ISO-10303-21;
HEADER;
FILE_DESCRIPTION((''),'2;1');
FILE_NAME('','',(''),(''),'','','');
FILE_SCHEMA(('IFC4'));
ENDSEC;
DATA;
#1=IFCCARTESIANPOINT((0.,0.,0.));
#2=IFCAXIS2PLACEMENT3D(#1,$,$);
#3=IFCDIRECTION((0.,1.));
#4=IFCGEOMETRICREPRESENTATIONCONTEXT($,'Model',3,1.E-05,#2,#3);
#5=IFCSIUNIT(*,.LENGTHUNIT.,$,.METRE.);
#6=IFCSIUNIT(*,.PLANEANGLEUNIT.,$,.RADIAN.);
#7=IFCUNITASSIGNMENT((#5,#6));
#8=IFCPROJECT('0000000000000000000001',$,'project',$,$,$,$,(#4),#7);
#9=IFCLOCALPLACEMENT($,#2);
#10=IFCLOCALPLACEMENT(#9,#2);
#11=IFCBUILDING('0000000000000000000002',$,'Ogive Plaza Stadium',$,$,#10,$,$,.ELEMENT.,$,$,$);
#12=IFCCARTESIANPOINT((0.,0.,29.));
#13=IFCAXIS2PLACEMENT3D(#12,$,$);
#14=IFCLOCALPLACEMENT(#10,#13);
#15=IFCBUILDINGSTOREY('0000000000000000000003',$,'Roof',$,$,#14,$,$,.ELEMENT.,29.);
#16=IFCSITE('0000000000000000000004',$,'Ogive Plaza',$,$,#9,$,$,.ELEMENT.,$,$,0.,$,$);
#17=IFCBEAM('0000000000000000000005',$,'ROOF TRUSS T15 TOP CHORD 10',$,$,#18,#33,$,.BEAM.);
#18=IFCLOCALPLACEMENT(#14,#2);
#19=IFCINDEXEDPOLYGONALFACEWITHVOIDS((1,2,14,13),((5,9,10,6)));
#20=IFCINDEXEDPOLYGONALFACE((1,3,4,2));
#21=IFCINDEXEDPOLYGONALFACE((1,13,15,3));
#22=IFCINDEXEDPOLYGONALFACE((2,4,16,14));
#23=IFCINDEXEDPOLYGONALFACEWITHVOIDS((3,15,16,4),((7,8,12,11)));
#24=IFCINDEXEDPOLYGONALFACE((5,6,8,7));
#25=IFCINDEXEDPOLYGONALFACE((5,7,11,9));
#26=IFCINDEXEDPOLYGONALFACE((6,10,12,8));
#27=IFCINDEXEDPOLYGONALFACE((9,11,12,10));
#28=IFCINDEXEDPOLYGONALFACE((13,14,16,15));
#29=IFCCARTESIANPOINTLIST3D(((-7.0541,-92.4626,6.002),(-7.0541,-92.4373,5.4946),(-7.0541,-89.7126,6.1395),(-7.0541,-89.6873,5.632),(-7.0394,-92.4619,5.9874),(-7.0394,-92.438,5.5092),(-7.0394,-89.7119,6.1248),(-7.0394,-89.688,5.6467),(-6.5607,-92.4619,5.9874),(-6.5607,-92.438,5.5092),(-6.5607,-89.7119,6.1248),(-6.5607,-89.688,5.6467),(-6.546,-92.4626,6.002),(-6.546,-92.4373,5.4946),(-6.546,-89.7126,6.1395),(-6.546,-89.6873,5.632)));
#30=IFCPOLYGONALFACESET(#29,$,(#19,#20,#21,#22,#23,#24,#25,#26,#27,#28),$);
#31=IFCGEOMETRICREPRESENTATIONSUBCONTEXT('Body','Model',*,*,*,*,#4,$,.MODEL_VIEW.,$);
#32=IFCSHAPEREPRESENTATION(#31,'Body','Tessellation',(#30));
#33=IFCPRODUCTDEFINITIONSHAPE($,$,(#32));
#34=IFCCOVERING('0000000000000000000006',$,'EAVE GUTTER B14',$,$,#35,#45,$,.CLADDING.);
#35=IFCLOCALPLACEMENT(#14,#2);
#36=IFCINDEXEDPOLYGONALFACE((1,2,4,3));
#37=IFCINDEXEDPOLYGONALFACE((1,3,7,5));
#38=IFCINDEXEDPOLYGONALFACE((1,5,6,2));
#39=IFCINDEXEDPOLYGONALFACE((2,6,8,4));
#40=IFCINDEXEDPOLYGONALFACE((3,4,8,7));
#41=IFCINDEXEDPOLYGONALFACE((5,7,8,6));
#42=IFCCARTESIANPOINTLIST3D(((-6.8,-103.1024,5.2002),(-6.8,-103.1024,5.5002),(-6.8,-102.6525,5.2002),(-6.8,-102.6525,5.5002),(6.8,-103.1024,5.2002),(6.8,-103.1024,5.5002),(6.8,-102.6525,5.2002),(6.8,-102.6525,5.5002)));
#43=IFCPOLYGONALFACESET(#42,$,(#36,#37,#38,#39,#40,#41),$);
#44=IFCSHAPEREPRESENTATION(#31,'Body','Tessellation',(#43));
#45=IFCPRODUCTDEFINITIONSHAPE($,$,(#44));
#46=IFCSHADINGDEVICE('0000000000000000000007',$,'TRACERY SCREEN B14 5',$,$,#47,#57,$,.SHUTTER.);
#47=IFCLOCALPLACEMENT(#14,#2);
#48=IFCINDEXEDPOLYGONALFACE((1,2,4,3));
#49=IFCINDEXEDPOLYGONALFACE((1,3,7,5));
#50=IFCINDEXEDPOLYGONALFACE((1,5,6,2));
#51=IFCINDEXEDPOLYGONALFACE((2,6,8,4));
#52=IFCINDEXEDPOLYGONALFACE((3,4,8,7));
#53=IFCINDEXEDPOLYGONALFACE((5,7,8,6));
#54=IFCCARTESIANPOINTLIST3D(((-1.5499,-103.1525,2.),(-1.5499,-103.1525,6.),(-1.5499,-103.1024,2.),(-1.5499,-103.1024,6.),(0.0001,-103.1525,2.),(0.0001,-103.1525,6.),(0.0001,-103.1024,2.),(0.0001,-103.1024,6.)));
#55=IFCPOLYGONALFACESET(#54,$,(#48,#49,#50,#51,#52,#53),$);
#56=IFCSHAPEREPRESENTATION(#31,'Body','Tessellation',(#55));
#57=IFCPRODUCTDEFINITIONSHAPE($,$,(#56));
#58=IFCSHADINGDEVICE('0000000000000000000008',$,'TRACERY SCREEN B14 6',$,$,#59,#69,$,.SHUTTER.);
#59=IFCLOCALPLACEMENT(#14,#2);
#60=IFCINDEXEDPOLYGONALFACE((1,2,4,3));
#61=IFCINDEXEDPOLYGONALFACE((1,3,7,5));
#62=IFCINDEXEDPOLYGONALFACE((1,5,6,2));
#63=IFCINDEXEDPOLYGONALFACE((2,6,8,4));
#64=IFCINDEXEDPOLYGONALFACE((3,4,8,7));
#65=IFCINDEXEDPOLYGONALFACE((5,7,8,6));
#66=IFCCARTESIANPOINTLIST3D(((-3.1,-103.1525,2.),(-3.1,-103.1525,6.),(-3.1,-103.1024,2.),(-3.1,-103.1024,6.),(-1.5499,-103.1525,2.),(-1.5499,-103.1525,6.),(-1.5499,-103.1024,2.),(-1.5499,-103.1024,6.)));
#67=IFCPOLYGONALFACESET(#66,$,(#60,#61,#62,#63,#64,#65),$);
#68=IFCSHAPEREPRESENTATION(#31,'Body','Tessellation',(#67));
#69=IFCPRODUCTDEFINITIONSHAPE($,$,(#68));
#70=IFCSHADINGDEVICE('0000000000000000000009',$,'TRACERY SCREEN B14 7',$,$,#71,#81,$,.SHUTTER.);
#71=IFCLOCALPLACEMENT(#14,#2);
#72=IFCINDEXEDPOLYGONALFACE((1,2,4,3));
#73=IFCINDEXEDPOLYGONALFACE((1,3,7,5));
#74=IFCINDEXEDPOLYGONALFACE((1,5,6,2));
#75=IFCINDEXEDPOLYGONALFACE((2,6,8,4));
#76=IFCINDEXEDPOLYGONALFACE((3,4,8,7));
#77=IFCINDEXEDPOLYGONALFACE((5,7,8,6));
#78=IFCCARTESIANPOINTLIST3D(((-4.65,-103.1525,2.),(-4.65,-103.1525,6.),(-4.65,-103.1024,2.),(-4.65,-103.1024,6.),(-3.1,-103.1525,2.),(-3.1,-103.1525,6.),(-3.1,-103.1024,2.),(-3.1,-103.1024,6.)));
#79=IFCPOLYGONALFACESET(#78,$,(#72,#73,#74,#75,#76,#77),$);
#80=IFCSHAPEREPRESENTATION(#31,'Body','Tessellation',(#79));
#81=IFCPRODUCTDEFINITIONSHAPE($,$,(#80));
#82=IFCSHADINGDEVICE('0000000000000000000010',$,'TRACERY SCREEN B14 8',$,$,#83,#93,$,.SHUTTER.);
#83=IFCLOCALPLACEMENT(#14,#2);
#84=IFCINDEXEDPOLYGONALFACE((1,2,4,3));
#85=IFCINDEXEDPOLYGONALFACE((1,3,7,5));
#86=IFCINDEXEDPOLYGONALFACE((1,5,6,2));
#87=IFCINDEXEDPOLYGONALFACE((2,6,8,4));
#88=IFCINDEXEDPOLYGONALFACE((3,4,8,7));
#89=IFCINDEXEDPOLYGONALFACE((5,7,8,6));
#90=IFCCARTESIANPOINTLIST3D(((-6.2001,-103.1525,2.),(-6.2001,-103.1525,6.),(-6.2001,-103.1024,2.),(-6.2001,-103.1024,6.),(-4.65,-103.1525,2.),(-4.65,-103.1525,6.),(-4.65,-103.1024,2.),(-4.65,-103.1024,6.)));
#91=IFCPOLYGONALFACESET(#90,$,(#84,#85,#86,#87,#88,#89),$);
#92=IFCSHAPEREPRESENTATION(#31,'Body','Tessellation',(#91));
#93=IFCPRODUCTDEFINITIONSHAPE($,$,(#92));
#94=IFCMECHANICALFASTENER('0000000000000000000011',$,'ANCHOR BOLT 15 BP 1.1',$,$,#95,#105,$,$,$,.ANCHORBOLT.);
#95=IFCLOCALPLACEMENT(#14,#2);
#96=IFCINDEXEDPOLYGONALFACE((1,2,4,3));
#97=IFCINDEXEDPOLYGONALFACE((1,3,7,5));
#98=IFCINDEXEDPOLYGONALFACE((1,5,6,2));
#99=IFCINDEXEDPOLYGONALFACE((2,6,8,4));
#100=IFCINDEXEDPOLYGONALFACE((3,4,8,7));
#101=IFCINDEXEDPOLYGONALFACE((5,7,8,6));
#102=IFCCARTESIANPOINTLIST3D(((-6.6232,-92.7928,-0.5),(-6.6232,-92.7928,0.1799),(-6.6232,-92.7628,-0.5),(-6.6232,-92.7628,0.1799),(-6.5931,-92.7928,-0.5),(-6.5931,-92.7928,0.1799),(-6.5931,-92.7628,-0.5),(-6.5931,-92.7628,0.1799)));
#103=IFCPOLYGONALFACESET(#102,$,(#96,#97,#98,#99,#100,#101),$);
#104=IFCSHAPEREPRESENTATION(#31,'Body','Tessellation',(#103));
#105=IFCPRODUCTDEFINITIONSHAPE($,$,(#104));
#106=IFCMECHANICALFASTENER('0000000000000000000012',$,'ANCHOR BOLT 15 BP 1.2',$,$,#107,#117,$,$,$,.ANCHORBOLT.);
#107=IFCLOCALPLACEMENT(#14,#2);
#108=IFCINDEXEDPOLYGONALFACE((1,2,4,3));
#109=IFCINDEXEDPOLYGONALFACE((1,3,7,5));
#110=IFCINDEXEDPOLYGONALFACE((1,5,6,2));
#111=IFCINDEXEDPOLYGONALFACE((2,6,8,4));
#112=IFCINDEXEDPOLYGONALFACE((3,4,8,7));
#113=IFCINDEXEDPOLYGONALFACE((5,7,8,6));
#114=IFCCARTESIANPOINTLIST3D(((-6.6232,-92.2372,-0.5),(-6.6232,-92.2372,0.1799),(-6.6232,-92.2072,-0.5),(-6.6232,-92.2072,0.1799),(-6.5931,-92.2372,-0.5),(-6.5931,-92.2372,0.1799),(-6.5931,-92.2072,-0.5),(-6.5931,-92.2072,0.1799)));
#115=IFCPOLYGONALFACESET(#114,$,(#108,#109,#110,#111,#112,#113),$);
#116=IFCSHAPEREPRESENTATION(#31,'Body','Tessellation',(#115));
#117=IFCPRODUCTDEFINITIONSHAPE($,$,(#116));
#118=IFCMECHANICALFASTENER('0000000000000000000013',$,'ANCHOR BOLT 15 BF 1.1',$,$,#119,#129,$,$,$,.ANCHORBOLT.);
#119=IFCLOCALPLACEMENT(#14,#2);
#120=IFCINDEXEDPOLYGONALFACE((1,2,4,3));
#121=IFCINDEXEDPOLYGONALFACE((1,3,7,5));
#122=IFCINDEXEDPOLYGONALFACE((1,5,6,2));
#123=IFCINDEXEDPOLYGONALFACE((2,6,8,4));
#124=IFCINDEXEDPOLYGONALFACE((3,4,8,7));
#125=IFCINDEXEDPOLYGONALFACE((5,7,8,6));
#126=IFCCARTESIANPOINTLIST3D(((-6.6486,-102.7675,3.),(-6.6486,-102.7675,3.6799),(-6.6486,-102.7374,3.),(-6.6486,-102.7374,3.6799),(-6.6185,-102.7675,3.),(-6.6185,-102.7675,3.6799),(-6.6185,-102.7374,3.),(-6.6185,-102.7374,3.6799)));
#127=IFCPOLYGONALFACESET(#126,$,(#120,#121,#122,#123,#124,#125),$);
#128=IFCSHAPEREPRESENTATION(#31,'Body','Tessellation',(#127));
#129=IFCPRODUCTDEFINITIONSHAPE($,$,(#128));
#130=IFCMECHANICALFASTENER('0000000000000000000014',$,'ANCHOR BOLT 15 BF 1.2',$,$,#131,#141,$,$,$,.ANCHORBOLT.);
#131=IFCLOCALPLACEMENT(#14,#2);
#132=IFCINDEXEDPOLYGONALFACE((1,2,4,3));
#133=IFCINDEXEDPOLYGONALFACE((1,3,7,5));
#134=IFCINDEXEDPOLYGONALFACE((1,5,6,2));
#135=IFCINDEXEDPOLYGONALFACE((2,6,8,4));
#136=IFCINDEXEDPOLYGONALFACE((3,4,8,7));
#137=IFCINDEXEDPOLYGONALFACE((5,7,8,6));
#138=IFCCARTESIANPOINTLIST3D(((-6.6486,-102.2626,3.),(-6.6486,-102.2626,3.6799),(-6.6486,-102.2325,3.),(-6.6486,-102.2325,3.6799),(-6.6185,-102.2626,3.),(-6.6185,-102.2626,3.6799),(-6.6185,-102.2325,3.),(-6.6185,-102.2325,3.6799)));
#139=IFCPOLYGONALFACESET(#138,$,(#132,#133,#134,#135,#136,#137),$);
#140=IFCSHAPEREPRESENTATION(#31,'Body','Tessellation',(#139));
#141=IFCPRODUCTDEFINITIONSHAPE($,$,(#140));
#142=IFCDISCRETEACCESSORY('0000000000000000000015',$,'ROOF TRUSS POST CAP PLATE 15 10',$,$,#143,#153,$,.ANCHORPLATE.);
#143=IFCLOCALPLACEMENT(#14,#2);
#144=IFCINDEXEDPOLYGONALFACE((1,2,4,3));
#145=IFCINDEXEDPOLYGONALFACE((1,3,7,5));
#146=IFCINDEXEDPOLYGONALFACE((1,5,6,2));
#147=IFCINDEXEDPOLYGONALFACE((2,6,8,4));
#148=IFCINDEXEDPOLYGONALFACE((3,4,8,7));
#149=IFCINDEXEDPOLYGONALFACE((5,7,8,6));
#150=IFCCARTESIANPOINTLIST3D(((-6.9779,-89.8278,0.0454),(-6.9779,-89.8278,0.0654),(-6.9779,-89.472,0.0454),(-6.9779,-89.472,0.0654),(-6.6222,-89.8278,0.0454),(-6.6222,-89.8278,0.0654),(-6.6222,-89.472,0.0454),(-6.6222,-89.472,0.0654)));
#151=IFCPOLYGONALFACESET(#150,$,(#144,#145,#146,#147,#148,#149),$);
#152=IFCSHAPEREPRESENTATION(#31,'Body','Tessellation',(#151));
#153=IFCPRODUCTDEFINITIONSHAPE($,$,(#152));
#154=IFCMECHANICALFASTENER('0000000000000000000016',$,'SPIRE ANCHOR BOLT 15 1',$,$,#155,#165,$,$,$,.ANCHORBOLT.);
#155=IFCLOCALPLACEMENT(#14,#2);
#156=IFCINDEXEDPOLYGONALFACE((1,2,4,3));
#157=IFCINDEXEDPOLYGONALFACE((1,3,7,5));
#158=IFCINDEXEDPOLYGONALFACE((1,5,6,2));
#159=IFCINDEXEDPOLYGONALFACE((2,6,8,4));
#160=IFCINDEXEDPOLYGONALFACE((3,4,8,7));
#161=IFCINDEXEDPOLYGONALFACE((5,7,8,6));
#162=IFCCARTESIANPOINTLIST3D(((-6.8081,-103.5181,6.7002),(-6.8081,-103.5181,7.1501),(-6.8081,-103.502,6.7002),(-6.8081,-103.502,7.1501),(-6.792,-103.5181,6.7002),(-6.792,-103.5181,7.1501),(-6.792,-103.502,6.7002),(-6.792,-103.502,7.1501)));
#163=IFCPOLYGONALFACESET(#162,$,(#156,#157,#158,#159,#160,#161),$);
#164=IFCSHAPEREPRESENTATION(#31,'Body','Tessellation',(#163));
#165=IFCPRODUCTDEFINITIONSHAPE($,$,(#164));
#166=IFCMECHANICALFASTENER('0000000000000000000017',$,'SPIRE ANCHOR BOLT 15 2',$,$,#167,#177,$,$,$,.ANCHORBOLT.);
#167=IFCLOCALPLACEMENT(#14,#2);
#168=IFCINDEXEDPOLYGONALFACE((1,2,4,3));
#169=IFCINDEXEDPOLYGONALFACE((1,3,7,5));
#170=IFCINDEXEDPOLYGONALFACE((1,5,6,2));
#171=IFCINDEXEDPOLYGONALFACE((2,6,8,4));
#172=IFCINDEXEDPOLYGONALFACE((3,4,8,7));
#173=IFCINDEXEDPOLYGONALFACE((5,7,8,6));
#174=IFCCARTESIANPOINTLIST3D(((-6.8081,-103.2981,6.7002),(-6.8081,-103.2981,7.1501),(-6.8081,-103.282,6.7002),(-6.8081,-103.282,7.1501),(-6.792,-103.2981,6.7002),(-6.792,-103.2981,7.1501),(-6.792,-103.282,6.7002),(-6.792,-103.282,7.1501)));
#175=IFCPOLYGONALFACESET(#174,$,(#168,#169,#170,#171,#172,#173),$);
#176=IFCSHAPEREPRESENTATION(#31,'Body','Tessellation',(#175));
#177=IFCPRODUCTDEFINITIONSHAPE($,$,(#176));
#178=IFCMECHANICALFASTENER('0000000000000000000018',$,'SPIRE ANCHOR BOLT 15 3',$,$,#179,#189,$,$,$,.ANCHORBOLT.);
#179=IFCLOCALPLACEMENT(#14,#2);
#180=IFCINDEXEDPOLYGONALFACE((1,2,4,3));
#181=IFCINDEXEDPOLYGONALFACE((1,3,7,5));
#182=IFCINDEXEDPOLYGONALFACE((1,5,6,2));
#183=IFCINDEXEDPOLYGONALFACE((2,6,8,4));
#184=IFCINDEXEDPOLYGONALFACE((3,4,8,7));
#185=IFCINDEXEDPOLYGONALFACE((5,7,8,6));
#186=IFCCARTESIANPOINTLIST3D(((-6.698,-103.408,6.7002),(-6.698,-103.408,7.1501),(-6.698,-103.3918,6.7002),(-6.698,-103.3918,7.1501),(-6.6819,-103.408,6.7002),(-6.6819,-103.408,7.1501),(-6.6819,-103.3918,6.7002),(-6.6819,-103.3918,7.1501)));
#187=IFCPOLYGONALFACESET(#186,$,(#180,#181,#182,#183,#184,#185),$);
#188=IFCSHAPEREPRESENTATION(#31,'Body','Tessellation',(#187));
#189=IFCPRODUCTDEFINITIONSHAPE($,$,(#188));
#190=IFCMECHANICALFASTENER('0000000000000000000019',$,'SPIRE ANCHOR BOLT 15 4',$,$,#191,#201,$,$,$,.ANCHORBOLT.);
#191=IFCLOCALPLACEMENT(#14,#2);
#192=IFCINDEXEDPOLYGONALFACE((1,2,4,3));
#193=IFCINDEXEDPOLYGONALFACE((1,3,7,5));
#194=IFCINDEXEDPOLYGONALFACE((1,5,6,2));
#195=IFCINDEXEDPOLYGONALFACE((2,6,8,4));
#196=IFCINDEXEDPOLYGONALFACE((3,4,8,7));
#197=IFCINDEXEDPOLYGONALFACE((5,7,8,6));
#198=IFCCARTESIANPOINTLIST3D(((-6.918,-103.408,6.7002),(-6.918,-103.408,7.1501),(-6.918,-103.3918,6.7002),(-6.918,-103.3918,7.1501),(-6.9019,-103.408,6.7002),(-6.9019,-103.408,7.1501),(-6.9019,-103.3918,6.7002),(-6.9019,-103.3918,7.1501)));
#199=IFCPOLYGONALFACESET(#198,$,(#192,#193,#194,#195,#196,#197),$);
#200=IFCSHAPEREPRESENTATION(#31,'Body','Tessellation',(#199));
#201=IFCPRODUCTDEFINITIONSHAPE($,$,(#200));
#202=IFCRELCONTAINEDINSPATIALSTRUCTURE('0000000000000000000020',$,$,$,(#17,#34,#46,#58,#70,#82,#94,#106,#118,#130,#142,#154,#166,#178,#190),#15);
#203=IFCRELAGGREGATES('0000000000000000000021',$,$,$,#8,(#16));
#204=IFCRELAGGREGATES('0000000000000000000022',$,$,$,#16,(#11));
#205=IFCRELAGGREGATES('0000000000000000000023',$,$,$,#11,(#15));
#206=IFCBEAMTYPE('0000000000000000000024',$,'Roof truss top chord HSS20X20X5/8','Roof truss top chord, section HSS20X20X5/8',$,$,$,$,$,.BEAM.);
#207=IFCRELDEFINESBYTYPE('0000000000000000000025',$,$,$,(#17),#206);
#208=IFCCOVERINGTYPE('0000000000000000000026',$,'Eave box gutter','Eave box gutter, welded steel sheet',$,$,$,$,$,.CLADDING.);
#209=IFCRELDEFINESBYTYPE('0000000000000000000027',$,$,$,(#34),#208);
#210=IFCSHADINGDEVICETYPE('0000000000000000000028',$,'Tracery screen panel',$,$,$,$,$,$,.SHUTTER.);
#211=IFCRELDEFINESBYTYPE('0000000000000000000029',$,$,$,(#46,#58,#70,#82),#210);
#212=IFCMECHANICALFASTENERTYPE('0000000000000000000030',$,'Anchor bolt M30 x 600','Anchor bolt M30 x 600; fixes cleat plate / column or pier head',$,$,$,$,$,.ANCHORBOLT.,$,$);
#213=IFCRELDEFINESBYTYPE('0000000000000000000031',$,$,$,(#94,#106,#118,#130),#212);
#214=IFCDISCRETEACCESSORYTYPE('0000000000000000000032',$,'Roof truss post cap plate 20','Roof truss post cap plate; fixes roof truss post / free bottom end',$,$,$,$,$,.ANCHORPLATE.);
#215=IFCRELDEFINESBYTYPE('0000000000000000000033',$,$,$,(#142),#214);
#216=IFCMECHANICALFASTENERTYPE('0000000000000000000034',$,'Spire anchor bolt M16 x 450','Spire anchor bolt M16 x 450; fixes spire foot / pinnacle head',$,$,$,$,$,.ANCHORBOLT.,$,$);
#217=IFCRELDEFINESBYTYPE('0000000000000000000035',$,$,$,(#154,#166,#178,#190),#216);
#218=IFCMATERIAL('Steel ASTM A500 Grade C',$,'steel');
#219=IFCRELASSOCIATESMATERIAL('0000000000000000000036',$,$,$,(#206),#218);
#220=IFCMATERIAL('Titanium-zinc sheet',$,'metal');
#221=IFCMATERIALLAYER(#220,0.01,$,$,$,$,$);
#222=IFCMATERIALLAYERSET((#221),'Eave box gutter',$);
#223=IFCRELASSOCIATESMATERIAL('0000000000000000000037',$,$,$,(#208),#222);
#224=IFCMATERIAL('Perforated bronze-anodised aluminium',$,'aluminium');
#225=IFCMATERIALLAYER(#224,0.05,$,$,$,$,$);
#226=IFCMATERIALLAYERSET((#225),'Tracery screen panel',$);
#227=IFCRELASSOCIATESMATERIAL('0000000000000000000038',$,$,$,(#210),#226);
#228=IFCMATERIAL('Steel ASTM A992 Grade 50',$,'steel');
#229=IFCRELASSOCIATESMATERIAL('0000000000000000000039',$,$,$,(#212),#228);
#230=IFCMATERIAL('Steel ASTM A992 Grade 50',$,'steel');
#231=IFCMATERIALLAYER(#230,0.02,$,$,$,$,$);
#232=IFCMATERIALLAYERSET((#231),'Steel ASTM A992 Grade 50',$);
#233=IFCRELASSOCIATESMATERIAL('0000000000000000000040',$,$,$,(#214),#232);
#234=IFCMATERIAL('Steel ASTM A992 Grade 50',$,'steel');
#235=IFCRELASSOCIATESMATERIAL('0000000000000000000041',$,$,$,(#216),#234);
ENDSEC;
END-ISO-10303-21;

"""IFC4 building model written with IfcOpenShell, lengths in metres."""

from ifc_helpers import new_model, si_unit, direction, frame, origin, origin_2d, place, context, subcontext, project, spatial, rectangle, hollow_rectangle, extrude, material, layer, layer_set, material_profile, profile_set, type_object, element, save


model = new_model("IFC4")

# Units and contexts
model_context = context("Model", 3, precision=1e-05, world=origin(), true_north=direction((0.0, 1.0)))
body_context = subcontext(model_context, "Body", "Model", "MODEL_VIEW")
ifc_project = project(units=[si_unit("LENGTHUNIT", "METRE"), si_unit("PLANEANGLEUNIT", "RADIAN")], contexts=[model_context])

# Site, building, storey
site_placement = place(None, origin())
site = spatial("IfcSite", under=ifc_project, at=site_placement, Name="Ogive Plaza", CompositionType="ELEMENT", RefElevation=0.0)
building_placement = place(site_placement, origin())
building = spatial("IfcBuilding", under=site, at=building_placement, Name="Ogive Plaza Stadium", CompositionType="ELEMENT")
storey_placement = place(building_placement, frame((0.0, 0.0, 29.0)))
storey = spatial("IfcBuildingStorey", under=building, at=storey_placement, Name="Roof", CompositionType="ELEMENT", Elevation=29.0)

# Beam
ifc_material_1 = material(Name="Steel ASTM A500 Grade C", Category="steel")
ifc_material_profile_1 = material_profile(ifc_material_1, hollow_rectangle(XDim=0.5081, YDim=0.5081, WallThickness=0.0146, at=origin_2d()), Name="HSS20X20X5/8")
ifc_profile_set_1 = profile_set([ifc_material_profile_1], Name="Steel ASTM A500 Grade C")
beam_type_1 = type_object("IfcBeamType", Name="Roof truss top chord HSS20X20X5/8", Description="Roof truss top chord, section HSS20X20X5/8", PredefinedType="BEAM", material=ifc_profile_set_1)
beam_1_placement = place(storey_placement, frame((-6.8, -89.7, 5.8857), z_axis=(0.0, -0.998753, -0.04992), x_axis=(1.0, 0.0, 0.0)))
element("IfcBeam", 1, at=beam_1_placement, inside=storey, type_object=beam_type_1, Name="ROOF TRUSS T15 TOP CHORD 10", PredefinedType="BEAM", context=body_context, shape_type="SweptSolid", body=[
    extrude(hollow_rectangle(XDim=0.5081, YDim=0.5081, WallThickness=0.0146, at=origin_2d()), origin(), (0.0, 0.0, 1.0), 2.7534),
])

# Covering
ifc_material_2 = material(Name="Titanium-zinc sheet", Category="metal")
ifc_layer_1 = layer(ifc_material_2, 0.01)
ifc_layer_set_1 = layer_set([ifc_layer_1], Name="Eave box gutter")
covering_type = type_object("IfcCoveringType", Name="Eave box gutter", Description="Eave box gutter, welded steel sheet", PredefinedType="CLADDING", material=ifc_layer_set_1)
covering_placement = place(storey_placement, frame((0.0, -102.8774, 5.2002), z_axis=(0.0, 0.0, 1.0), x_axis=(-1.0, 0.0, 0.0)))
element("IfcCovering", 2, at=covering_placement, inside=storey, type_object=covering_type, Name="EAVE GUTTER B14", PredefinedType="CLADDING", context=body_context, shape_type="SweptSolid", body=[
    extrude(rectangle(XDim=13.6001, YDim=0.45, at=origin_2d()), origin(), (0.0, 0.0, 1.0), 0.3),
])

# Shading devices
ifc_material_3 = material(Name="Perforated bronze-anodised aluminium", Category="aluminium")
ifc_layer_2 = layer(ifc_material_3, 0.05)
ifc_layer_set_2 = layer_set([ifc_layer_2], Name="Tracery screen panel")
shading_device_type = type_object("IfcShadingDeviceType", Name="Tracery screen panel", PredefinedType="SHUTTER", material=ifc_layer_set_2)
for number, where, z_axis, x_axis, name in (
    (3, (-0.7749, -103.1274, 2.0), (0.0, 0.0, 1.0), (-1.0, 0.0, 0.0), "TRACERY SCREEN B14 5"),
    (4, (-2.325, -103.1274, 2.0), (0.0, 0.0, 1.0), (-1.0, 0.0, 0.0), "TRACERY SCREEN B14 6"),
    (5, (-3.875, -103.1274, 2.0), (0.0, 0.0, 1.0), (-1.0, 0.0, 0.0), "TRACERY SCREEN B14 7"),
    (6, (-5.425, -103.1274, 2.0), (0.0, 0.0, 1.0), (-1.0, 0.0, 0.0), "TRACERY SCREEN B14 8"),
):
    element("IfcShadingDevice", number, at=place(storey_placement, frame(where, z_axis=z_axis, x_axis=x_axis)), inside=storey, type_object=shading_device_type, Name=name, PredefinedType="SHUTTER", context=body_context, shape_type="SweptSolid", body=[
        extrude(rectangle(XDim=1.55, YDim=0.05, at=origin_2d()), origin(), (0.0, 0.0, 1.0), 4.0),
    ])

# Mechanical fasteners
ifc_material_4 = material(Name="Steel ASTM A992 Grade 50", Category="steel")
mechanical_fastener_type_1 = type_object("IfcMechanicalFastenerType", Name="Anchor bolt M30 x 600", Description="Anchor bolt M30 x 600; fixes cleat plate / column or pier head", PredefinedType="ANCHORBOLT", material=ifc_material_4)
for number, where, z_axis, x_axis, name in (
    (7, (-6.6082, -92.7778, -0.5), (0.0, 0.0, 1.0), (0.0, -1.0, 0.0), "ANCHOR BOLT 15 BP 1.1"),
    (8, (-6.6082, -92.2222, -0.5), (0.0, 0.0, 1.0), (0.0, -1.0, 0.0), "ANCHOR BOLT 15 BP 1.2"),
    (9, (-6.6335, -102.7524, 3.0), (0.0, 0.0, 1.0), (0.0, -1.0, 0.0), "ANCHOR BOLT 15 BF 1.1"),
    (10, (-6.6335, -102.2476, 3.0), (0.0, 0.0, 1.0), (0.0, -1.0, 0.0), "ANCHOR BOLT 15 BF 1.2"),
):
    element("IfcMechanicalFastener", number, at=place(storey_placement, frame(where, z_axis=z_axis, x_axis=x_axis)), inside=storey, type_object=mechanical_fastener_type_1, Name=name, PredefinedType="ANCHORBOLT", context=body_context, shape_type="SweptSolid", body=[
        extrude(rectangle(XDim=0.03, YDim=0.03, at=origin_2d()), origin(), (0.0, 0.0, 1.0), 0.6799),
    ])

# Discrete accessory
ifc_material_5 = material(Name="Steel ASTM A992 Grade 50", Category="steel")
ifc_layer_3 = layer(ifc_material_5, 0.02)
ifc_layer_set_3 = layer_set([ifc_layer_3], Name="Steel ASTM A992 Grade 50")
discrete_accessory_type_1 = type_object("IfcDiscreteAccessoryType", Name="Roof truss post cap plate 20", Description="Roof truss post cap plate; fixes roof truss post / free bottom end", PredefinedType="ANCHORPLATE", material=ifc_layer_set_3)
discrete_accessory_1_placement = place(storey_placement, frame((-6.8, -89.6499, 0.0454), z_axis=(0.0, 0.0, 1.0), x_axis=(0.0, -1.0, 0.0)))
element("IfcDiscreteAccessory", 11, at=discrete_accessory_1_placement, inside=storey, type_object=discrete_accessory_type_1, Name="ROOF TRUSS POST CAP PLATE 15 10", PredefinedType="ANCHORPLATE", context=body_context, shape_type="SweptSolid", body=[
    extrude(rectangle(XDim=0.3557, YDim=0.3557, at=origin_2d()), origin(), (0.0, 0.0, 1.0), 0.02),
])

# Mechanical fasteners
ifc_material_6 = material(Name="Steel ASTM A992 Grade 50", Category="steel")
mechanical_fastener_type_2 = type_object("IfcMechanicalFastenerType", Name="Spire anchor bolt M16 x 450", Description="Spire anchor bolt M16 x 450; fixes spire foot / pinnacle head", PredefinedType="ANCHORBOLT", material=ifc_material_6)
for number, where, z_axis, x_axis, name in (
    (12, (-6.8, -103.51, 6.7002), (0.0, 0.0, 1.0), (0.0, -1.0, 0.0), "SPIRE ANCHOR BOLT 15 1"),
    (13, (-6.8, -103.29, 6.7002), (0.0, 0.0, 1.0), (0.0, -1.0, 0.0), "SPIRE ANCHOR BOLT 15 2"),
    (14, (-6.6899, -103.3999, 6.7002), (0.0, 0.0, 1.0), (0.0, -1.0, 0.0), "SPIRE ANCHOR BOLT 15 3"),
    (15, (-6.9099, -103.3999, 6.7002), (0.0, 0.0, 1.0), (0.0, -1.0, 0.0), "SPIRE ANCHOR BOLT 15 4"),
):
    element("IfcMechanicalFastener", number, at=place(storey_placement, frame(where, z_axis=z_axis, x_axis=x_axis)), inside=storey, type_object=mechanical_fastener_type_2, Name=name, PredefinedType="ANCHORBOLT", context=body_context, shape_type="SweptSolid", body=[
        extrude(rectangle(XDim=0.0161, YDim=0.0161, at=origin_2d()), origin(), (0.0, 0.0, 1.0), 0.45),
    ])

save(model, "model.ifc")
